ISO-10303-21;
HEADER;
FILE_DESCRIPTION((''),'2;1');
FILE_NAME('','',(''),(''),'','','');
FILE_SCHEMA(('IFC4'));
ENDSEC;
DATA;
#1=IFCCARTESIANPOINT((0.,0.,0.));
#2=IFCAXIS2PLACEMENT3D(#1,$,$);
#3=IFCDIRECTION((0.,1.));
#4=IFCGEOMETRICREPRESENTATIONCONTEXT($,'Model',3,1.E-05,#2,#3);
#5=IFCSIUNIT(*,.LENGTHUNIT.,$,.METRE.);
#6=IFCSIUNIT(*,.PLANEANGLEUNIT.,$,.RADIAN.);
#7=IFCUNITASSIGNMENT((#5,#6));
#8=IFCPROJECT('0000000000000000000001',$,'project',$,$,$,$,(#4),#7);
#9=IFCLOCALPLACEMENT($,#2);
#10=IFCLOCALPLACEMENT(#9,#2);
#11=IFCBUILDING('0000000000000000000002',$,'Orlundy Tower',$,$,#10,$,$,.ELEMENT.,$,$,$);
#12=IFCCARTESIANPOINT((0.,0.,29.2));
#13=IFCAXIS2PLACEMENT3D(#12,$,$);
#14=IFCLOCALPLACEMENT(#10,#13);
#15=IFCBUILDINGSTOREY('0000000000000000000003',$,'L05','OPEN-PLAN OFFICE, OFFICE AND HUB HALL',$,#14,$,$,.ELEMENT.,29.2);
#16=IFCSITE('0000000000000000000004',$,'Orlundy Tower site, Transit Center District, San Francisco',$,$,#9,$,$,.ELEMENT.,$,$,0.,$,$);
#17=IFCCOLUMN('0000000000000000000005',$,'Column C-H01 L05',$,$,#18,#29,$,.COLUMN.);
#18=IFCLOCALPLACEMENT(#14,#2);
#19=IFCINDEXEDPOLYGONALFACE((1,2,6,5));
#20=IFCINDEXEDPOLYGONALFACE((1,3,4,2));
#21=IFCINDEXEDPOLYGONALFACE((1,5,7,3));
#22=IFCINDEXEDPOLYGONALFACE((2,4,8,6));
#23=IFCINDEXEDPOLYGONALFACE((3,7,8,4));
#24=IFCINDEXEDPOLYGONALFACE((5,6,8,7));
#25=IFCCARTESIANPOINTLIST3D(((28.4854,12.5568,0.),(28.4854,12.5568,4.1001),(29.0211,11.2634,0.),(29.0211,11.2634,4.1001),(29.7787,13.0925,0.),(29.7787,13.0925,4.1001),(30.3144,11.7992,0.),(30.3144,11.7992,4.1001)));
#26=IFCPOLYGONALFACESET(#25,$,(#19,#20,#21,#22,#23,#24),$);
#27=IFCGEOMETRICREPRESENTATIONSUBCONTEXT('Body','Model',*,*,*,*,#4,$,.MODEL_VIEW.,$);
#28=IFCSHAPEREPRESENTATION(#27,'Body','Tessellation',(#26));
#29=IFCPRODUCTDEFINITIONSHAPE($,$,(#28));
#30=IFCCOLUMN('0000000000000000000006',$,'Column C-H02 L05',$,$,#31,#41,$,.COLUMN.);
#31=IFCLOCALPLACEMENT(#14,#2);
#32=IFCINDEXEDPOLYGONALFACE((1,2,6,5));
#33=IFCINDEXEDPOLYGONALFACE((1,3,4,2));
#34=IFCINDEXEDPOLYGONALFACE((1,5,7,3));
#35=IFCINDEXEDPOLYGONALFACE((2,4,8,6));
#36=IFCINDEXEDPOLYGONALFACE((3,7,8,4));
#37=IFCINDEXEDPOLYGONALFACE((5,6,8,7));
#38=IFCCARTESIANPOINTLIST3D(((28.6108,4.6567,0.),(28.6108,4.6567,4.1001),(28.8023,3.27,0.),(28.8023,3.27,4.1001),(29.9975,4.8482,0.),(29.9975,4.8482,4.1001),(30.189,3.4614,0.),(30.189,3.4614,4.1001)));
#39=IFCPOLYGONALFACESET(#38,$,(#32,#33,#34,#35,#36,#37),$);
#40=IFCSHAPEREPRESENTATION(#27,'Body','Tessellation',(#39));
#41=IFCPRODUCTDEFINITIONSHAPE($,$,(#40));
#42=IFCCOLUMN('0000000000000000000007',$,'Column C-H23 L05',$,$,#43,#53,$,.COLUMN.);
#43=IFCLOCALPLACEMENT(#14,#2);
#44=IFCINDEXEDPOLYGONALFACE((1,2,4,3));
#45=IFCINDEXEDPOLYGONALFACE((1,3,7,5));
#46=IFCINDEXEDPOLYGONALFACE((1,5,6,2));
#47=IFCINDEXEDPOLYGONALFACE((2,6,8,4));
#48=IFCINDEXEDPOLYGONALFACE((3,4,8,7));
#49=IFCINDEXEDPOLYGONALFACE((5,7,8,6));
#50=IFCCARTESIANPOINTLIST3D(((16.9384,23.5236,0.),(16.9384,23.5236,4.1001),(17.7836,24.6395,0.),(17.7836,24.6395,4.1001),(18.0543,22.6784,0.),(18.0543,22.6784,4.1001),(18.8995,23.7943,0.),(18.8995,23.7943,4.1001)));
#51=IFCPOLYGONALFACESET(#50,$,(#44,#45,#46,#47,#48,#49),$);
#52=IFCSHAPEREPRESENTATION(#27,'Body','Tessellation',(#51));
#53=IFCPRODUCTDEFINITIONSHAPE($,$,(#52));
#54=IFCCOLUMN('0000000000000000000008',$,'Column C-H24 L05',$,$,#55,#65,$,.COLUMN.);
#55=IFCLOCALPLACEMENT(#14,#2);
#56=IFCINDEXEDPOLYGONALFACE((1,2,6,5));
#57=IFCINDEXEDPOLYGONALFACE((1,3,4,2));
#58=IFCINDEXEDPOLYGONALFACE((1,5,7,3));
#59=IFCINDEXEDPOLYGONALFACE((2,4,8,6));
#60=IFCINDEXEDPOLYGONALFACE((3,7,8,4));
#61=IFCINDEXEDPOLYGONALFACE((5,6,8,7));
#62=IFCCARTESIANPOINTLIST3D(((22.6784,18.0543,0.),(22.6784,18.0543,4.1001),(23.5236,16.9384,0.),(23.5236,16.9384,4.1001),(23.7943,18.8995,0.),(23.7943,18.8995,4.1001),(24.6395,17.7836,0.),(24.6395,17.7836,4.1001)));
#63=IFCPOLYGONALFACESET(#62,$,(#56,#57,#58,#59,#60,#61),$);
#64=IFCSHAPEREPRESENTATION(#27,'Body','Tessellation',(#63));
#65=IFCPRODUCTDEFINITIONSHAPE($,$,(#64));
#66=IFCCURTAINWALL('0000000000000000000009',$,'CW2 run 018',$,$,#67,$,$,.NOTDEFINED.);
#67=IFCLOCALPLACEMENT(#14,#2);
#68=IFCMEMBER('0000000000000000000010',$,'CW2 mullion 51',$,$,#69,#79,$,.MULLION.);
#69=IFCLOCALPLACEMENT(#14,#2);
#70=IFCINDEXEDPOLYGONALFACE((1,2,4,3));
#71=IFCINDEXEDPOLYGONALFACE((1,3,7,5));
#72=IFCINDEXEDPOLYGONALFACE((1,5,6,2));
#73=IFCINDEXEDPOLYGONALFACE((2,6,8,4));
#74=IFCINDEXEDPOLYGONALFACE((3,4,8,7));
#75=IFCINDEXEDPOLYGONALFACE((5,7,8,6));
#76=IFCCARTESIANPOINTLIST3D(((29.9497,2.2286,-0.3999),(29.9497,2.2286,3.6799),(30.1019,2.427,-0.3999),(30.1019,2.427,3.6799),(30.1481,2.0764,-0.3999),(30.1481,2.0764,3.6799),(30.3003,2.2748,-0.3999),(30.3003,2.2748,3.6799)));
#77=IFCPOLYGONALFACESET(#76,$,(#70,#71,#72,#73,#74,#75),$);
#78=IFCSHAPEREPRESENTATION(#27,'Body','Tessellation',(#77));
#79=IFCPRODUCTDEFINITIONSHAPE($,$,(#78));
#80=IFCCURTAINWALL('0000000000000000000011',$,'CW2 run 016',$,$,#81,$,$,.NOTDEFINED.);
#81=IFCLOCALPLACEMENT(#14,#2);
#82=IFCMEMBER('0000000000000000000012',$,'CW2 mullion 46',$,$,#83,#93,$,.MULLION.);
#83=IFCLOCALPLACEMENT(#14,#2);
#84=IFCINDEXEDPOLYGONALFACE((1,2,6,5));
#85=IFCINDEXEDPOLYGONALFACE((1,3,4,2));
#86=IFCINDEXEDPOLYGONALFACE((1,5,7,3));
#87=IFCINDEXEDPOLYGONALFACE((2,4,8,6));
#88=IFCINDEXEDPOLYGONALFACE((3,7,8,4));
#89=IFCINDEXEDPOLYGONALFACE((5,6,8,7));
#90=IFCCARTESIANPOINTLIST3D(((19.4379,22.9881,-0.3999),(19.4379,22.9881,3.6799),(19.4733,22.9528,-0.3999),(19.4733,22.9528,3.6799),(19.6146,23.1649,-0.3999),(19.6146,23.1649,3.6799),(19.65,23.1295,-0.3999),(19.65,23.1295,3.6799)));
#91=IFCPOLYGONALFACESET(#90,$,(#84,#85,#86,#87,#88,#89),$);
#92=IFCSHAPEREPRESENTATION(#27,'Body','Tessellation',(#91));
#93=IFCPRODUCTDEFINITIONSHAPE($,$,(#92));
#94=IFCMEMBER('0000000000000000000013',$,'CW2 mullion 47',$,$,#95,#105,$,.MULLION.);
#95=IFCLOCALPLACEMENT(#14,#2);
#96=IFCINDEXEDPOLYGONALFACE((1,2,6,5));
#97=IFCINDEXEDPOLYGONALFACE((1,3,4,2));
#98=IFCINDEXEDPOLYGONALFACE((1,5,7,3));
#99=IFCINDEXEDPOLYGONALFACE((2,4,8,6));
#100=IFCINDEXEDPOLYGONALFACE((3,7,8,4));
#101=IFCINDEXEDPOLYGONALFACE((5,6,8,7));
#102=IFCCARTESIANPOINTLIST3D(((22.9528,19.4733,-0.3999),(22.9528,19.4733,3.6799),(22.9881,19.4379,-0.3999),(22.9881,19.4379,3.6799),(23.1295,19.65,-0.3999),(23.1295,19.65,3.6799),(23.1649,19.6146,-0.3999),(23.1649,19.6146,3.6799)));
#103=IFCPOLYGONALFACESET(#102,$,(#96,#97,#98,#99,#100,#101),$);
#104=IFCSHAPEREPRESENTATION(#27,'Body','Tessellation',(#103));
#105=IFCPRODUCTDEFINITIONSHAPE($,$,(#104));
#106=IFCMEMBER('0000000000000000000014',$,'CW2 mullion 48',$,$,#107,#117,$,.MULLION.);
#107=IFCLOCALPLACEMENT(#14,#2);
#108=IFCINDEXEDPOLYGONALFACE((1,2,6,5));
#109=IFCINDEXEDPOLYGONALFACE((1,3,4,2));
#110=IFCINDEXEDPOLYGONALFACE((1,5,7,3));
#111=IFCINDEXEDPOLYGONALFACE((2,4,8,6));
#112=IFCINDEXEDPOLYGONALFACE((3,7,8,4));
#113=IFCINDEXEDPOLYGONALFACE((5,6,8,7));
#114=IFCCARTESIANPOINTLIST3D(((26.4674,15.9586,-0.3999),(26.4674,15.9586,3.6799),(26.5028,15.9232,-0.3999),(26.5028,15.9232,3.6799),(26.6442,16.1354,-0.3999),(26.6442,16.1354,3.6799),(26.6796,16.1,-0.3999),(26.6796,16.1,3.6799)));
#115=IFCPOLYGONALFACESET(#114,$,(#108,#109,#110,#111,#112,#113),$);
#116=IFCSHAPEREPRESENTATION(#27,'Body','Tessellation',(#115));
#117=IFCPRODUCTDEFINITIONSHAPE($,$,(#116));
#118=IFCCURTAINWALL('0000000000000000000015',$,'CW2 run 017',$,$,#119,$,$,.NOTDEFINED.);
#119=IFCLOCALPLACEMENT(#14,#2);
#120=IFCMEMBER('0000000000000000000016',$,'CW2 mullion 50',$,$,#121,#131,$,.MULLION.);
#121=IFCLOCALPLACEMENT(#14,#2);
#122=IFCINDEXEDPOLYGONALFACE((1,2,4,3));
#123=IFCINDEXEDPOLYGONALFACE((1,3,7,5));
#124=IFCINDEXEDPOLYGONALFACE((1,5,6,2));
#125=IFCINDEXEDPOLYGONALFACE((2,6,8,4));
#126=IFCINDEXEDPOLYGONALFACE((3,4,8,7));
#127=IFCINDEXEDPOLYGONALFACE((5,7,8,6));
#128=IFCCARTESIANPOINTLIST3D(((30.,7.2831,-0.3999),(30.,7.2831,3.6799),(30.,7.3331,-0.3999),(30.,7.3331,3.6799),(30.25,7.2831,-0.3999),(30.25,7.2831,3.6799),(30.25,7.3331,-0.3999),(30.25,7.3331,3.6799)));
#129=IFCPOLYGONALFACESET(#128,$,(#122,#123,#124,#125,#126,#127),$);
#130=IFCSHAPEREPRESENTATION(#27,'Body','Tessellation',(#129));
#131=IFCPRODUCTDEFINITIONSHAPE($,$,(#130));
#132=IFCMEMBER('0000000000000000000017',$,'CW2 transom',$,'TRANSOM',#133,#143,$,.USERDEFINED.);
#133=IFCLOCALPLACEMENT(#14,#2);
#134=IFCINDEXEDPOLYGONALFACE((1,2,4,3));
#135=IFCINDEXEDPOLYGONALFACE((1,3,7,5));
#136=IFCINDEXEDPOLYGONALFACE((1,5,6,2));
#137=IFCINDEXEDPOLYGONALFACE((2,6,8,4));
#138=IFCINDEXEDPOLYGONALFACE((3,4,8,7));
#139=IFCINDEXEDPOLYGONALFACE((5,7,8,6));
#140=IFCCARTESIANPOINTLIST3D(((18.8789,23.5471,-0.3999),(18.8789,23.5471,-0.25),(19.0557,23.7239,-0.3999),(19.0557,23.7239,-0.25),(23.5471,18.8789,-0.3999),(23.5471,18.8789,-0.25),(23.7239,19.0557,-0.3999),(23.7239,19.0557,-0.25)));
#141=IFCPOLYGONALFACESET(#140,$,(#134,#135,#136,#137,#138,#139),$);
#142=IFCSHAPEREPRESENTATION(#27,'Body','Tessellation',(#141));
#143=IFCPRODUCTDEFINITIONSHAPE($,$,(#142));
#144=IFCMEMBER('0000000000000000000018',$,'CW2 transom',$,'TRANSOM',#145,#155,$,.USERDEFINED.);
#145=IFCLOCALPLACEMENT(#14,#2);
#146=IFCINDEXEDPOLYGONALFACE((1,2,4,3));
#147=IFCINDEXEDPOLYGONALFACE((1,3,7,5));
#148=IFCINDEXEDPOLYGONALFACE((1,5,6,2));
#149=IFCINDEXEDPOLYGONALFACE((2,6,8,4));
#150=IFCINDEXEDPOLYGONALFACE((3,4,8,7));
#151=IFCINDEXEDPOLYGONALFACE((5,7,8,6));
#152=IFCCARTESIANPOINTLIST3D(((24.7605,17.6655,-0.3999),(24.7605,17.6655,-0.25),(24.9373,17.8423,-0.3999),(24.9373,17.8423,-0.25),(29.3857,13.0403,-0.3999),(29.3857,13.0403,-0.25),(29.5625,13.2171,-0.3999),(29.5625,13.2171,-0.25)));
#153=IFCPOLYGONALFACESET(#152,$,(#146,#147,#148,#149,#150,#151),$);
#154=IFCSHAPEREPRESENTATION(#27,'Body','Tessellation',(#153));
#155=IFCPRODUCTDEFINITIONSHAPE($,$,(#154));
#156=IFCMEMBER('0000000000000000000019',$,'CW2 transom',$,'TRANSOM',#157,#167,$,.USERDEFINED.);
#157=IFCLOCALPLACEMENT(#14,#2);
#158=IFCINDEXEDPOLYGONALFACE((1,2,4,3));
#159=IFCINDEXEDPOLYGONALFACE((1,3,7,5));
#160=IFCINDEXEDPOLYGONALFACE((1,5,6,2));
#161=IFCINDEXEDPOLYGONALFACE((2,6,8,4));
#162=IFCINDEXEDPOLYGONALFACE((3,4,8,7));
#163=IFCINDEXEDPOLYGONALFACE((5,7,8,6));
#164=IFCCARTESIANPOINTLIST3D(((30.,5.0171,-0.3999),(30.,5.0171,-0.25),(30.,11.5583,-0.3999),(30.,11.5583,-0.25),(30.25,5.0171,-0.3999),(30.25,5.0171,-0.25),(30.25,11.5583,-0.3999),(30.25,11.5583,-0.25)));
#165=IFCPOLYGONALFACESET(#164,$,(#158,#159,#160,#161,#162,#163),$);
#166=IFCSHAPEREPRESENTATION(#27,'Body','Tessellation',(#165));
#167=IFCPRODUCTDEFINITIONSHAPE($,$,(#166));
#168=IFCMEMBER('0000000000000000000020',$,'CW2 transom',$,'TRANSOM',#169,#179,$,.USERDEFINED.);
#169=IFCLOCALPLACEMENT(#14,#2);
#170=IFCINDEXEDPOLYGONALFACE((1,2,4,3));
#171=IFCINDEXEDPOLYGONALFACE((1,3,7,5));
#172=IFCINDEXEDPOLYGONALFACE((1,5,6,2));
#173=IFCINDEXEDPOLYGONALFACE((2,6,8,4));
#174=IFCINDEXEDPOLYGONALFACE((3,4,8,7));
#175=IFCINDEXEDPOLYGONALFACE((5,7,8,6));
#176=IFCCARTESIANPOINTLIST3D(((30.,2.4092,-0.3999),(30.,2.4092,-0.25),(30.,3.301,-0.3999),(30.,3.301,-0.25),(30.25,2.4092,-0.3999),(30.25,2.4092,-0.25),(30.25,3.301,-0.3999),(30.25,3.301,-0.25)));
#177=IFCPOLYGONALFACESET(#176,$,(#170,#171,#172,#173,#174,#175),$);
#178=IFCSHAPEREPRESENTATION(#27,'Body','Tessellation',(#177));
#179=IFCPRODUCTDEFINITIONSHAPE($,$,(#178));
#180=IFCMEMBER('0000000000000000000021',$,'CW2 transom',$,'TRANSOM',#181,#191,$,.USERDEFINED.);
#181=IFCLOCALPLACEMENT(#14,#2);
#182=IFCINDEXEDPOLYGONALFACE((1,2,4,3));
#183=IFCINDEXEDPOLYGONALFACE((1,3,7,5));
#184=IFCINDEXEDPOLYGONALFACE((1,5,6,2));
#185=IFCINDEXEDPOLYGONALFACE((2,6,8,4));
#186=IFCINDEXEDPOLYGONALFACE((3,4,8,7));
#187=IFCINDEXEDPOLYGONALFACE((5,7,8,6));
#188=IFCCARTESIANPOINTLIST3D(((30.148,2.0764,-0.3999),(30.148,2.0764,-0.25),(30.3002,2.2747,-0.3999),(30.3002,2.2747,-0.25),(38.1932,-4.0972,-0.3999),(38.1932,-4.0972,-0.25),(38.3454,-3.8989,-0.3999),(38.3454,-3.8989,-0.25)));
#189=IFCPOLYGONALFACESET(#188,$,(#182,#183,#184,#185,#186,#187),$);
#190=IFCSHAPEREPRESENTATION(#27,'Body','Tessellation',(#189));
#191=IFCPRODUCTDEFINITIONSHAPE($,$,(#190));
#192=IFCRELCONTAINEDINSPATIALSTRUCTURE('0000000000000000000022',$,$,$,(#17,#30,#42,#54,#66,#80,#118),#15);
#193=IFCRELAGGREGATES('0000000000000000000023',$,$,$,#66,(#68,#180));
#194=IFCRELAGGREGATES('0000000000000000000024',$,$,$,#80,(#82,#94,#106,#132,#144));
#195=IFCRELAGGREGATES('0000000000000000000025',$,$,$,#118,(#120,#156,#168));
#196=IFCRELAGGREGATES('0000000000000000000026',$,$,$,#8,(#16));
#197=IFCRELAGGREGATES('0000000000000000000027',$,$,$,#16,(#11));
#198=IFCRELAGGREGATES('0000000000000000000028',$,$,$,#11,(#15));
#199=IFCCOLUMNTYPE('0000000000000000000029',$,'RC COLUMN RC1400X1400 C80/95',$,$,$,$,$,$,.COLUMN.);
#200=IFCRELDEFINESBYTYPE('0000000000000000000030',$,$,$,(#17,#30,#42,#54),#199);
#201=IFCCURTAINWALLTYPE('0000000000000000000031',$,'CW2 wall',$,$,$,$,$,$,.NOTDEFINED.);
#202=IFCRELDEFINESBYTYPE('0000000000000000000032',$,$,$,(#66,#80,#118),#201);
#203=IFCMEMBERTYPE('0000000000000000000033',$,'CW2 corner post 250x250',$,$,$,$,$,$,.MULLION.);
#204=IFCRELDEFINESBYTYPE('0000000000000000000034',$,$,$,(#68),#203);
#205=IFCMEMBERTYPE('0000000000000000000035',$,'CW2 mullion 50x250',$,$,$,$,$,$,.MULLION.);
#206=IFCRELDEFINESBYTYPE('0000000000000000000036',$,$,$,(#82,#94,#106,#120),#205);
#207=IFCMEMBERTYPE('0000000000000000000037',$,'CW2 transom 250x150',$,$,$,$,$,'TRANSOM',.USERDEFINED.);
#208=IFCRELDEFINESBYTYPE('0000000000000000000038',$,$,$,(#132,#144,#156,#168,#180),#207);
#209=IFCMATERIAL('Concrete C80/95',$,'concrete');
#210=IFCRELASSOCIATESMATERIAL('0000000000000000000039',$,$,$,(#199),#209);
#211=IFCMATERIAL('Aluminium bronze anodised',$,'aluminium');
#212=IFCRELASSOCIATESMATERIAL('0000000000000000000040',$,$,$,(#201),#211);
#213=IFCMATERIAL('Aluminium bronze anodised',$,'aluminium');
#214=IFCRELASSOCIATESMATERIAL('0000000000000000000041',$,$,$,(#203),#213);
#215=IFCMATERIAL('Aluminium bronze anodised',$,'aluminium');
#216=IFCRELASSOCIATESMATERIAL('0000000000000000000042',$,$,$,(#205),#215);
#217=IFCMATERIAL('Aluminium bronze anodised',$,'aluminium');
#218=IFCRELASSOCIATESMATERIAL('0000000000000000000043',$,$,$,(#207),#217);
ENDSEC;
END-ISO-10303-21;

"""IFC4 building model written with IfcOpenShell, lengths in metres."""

from ifc_helpers import new_model, si_unit, direction, frame, origin, origin_2d, place, context, subcontext, project, spatial, rectangle, extrude, material, material_profile, profile_set, type_object, element, aggregate, save


model = new_model("IFC4")

# Units and contexts
model_context = context("Model", 3, precision=1e-05, world=origin(), true_north=direction((0.0, 1.0)))
body_context = subcontext(model_context, "Body", "Model", "MODEL_VIEW")
ifc_project = project(units=[si_unit("LENGTHUNIT", "METRE"), si_unit("PLANEANGLEUNIT", "RADIAN")], contexts=[model_context])

# Site, building, storey
site_placement = place(None, origin())
site = spatial("IfcSite", under=ifc_project, at=site_placement, Name="Orlundy Tower site, Transit Center District, San Francisco", CompositionType="ELEMENT", RefElevation=0.0)
building_placement = place(site_placement, origin())
building = spatial("IfcBuilding", under=site, at=building_placement, Name="Orlundy Tower", CompositionType="ELEMENT")
storey_placement = place(building_placement, frame((0.0, 0.0, 29.2)))
storey = spatial("IfcBuildingStorey", under=building, at=storey_placement, Name="L05", Description="OPEN-PLAN OFFICE, OFFICE AND HUB HALL", CompositionType="ELEMENT", Elevation=29.2)

# Columns
ifc_material_1 = material(Name="Concrete C80/95", Category="concrete")
ifc_material_profile_1 = material_profile(ifc_material_1, rectangle(XDim=1.3999, YDim=1.3999, at=origin_2d()), Name="RC1400X1400")
ifc_profile_set_1 = profile_set([ifc_material_profile_1], Name="Concrete C80/95")
column_type = type_object("IfcColumnType", Name="RC COLUMN RC1400X1400 C80/95", PredefinedType="COLUMN", material=ifc_profile_set_1)
for number, where, z_axis, x_axis, name in (
    (1, (29.3999, 12.178, 0.0), (0.0, 0.0, 1.0), (0.92388, 0.382683, 0.0), "Column C-H01 L05"),
    (2, (29.3999, 4.0591, 0.0), (0.0, 0.0, 1.0), (0.990603, 0.13677, 0.0), "Column C-H02 L05"),
    (3, (17.9189, 23.6589, 0.0), (0.0, 0.0, 1.0), (0.603765, 0.797163, 0.0), "Column C-H23 L05"),
    (4, (23.6589, 17.9189, 0.0), (0.0, 0.0, 1.0), (0.797163, 0.603765, 0.0), "Column C-H24 L05"),
):
    element("IfcColumn", number, at=place(storey_placement, frame(where, z_axis=z_axis, x_axis=x_axis)), inside=storey, type_object=column_type, Name=name, PredefinedType="COLUMN", context=body_context, shape_type="SweptSolid", body=[
        extrude(rectangle(XDim=1.3999, YDim=1.3999, at=origin_2d()), origin(), (0.0, 0.0, 1.0), 4.1001),
    ])

# Curtain wall, member
ifc_material_2 = material(Name="Aluminium bronze anodised", Category="aluminium")
curtain_wall_type = type_object("IfcCurtainWallType", Name="CW2 wall", PredefinedType="NOTDEFINED", material=ifc_material_2)
curtain_wall_1_placement = place(storey_placement, origin())
curtain_wall_1 = element("IfcCurtainWall", 5, at=curtain_wall_1_placement, inside=storey, type_object=curtain_wall_type, Name="CW2 run 018", PredefinedType="NOTDEFINED")
ifc_material_3 = material(Name="Aluminium bronze anodised", Category="aluminium")
ifc_material_profile_2 = material_profile(ifc_material_3, rectangle(XDim=0.25, YDim=0.25, at=origin_2d()), Name="CW2 corner post 250x250")
ifc_profile_set_2 = profile_set([ifc_material_profile_2], Name="Aluminium bronze anodised")
member_type_1 = type_object("IfcMemberType", Name="CW2 corner post 250x250", PredefinedType="MULLION", material=ifc_profile_set_2)
member_1_placement = place(storey_placement, frame((30.125, 2.2517, -0.3999), z_axis=(0.0, 0.0, 1.0), x_axis=(0.608779, 0.79334, 0.0)))
member_1 = element("IfcMember", 6, at=member_1_placement, type_object=member_type_1, Name="CW2 mullion 51", PredefinedType="MULLION", context=body_context, shape_type="SweptSolid", body=[
    extrude(rectangle(XDim=0.25, YDim=0.25, at=origin_2d()), origin(), (0.0, 0.0, 1.0), 4.0798),
])

# Curtain wall, members
curtain_wall_2_placement = place(storey_placement, origin())
curtain_wall_2 = element("IfcCurtainWall", 7, at=curtain_wall_2_placement, inside=storey, type_object=curtain_wall_type, Name="CW2 run 016", PredefinedType="NOTDEFINED")
ifc_material_4 = material(Name="Aluminium bronze anodised", Category="aluminium")
ifc_material_profile_3 = material_profile(ifc_material_4, rectangle(XDim=0.25, YDim=0.05, at=origin_2d()), Name="CW2 mullion 50x250")
ifc_profile_set_3 = profile_set([ifc_material_profile_3], Name="Aluminium bronze anodised")
member_type_2 = type_object("IfcMemberType", Name="CW2 mullion 50x250", PredefinedType="MULLION", material=ifc_profile_set_3)
member_2_placement = place(storey_placement, frame((19.5439, 23.0588, -0.3999), z_axis=(0.0, 0.0, 1.0), x_axis=(0.707107, 0.707107, 0.0)))
member_2 = element("IfcMember", 8, at=member_2_placement, type_object=member_type_2, Name="CW2 mullion 46", PredefinedType="MULLION", context=body_context, shape_type="SweptSolid", body=[
    extrude(rectangle(XDim=0.25, YDim=0.05, at=origin_2d()), origin(), (0.0, 0.0, 1.0), 4.0798),
])
member_3_placement = place(storey_placement, frame((23.0588, 19.5439, -0.3999), z_axis=(0.0, 0.0, 1.0), x_axis=(0.707107, 0.707107, 0.0)))
member_3 = element("IfcMember", 9, at=member_3_placement, type_object=member_type_2, Name="CW2 mullion 47", PredefinedType="MULLION", context=body_context, shape_type="SweptSolid", body=[
    extrude(rectangle(XDim=0.25, YDim=0.05, at=origin_2d()), origin(), (0.0, 0.0, 1.0), 4.0798),
])
member_4_placement = place(storey_placement, frame((26.5735, 16.0293, -0.3999), z_axis=(0.0, 0.0, 1.0), x_axis=(0.707107, 0.707107, 0.0)))
member_4 = element("IfcMember", 10, at=member_4_placement, type_object=member_type_2, Name="CW2 mullion 48", PredefinedType="MULLION", context=body_context, shape_type="SweptSolid", body=[
    extrude(rectangle(XDim=0.25, YDim=0.05, at=origin_2d()), origin(), (0.0, 0.0, 1.0), 4.0798),
])

# Curtain wall, member
curtain_wall_3_placement = place(storey_placement, origin())
curtain_wall_3 = element("IfcCurtainWall", 11, at=curtain_wall_3_placement, inside=storey, type_object=curtain_wall_type, Name="CW2 run 017", PredefinedType="NOTDEFINED")
member_5_placement = place(storey_placement, frame((30.125, 7.3081, -0.3999), z_axis=(0.0, 0.0, 1.0), x_axis=(1.0, 0.0, 0.0)))
member_5 = element("IfcMember", 12, at=member_5_placement, type_object=member_type_2, Name="CW2 mullion 50", PredefinedType="MULLION", context=body_context, shape_type="SweptSolid", body=[
    extrude(rectangle(XDim=0.25, YDim=0.05, at=origin_2d()), origin(), (0.0, 0.0, 1.0), 4.0798),
])

# Members
ifc_material_5 = material(Name="Aluminium bronze anodised", Category="aluminium")
ifc_material_profile_4 = material_profile(ifc_material_5, rectangle(XDim=0.25, YDim=0.1499, at=origin_2d()), Name="CW2 transom 250x150")
ifc_profile_set_4 = profile_set([ifc_material_profile_4], Name="Aluminium bronze anodised")
member_type_3 = type_object("IfcMemberType", Name="CW2 transom 250x150", ElementType="TRANSOM", PredefinedType="USERDEFINED", material=ifc_profile_set_4)
member_6_placement = place(storey_placement, frame((18.9673, 23.6355, -0.325), z_axis=(0.707107, -0.707107, 0.0), x_axis=(0.707107, 0.707107, 0.0)))
member_6 = element("IfcMember", 13, at=member_6_placement, type_object=member_type_3, Name="CW2 transom", ObjectType="TRANSOM", PredefinedType="USERDEFINED", context=body_context, shape_type="SweptSolid", body=[
    extrude(rectangle(XDim=0.25, YDim=0.1499, at=origin_2d()), origin(), (0.0, 0.0, 1.0), 6.6018),
])
member_7_placement = place(storey_placement, frame((24.8489, 17.7539, -0.325), z_axis=(0.707107, -0.707107, 0.0), x_axis=(0.707107, 0.707107, 0.0)))
member_7 = element("IfcMember", 14, at=member_7_placement, type_object=member_type_3, Name="CW2 transom", ObjectType="TRANSOM", PredefinedType="USERDEFINED", context=body_context, shape_type="SweptSolid", body=[
    extrude(rectangle(XDim=0.25, YDim=0.1499, at=origin_2d()), origin(), (0.0, 0.0, 1.0), 6.541),
])
member_8_placement = place(storey_placement, frame((30.125, 11.5583, -0.325), z_axis=(0.0, -1.0, 0.0), x_axis=(1.0, 0.0, 0.0)))
member_8 = element("IfcMember", 15, at=member_8_placement, type_object=member_type_3, Name="CW2 transom", ObjectType="TRANSOM", PredefinedType="USERDEFINED", context=body_context, shape_type="SweptSolid", body=[
    extrude(rectangle(XDim=0.25, YDim=0.1499, at=origin_2d()), origin(), (0.0, 0.0, 1.0), 6.5413),
])
member_9_placement = place(storey_placement, frame((30.125, 3.301, -0.325), z_axis=(0.0, -1.0, 0.0), x_axis=(1.0, 0.0, 0.0)))
member_9 = element("IfcMember", 16, at=member_9_placement, type_object=member_type_3, Name="CW2 transom", ObjectType="TRANSOM", PredefinedType="USERDEFINED", context=body_context, shape_type="SweptSolid", body=[
    extrude(rectangle(XDim=0.25, YDim=0.1499, at=origin_2d()), origin(), (0.0, 0.0, 1.0), 0.8918),
])
member_10_placement = place(storey_placement, frame((30.2241, 2.1755, -0.325), z_axis=(0.793339, -0.608781, 0.0), x_axis=(0.608781, 0.793339, 0.0)))
member_10 = element("IfcMember", 17, at=member_10_placement, type_object=member_type_3, Name="CW2 transom", ObjectType="TRANSOM", PredefinedType="USERDEFINED", context=body_context, shape_type="SweptSolid", body=[
    extrude(rectangle(XDim=0.25, YDim=0.1499, at=origin_2d()), origin(), (0.0, 0.0, 1.0), 10.1409),
])
aggregate(curtain_wall_1, [member_1, member_10])

aggregate(curtain_wall_2, [member_2, member_3, member_4, member_6, member_7])
aggregate(curtain_wall_3, [member_5, member_8, member_9])

save(model, "model.ifc")
